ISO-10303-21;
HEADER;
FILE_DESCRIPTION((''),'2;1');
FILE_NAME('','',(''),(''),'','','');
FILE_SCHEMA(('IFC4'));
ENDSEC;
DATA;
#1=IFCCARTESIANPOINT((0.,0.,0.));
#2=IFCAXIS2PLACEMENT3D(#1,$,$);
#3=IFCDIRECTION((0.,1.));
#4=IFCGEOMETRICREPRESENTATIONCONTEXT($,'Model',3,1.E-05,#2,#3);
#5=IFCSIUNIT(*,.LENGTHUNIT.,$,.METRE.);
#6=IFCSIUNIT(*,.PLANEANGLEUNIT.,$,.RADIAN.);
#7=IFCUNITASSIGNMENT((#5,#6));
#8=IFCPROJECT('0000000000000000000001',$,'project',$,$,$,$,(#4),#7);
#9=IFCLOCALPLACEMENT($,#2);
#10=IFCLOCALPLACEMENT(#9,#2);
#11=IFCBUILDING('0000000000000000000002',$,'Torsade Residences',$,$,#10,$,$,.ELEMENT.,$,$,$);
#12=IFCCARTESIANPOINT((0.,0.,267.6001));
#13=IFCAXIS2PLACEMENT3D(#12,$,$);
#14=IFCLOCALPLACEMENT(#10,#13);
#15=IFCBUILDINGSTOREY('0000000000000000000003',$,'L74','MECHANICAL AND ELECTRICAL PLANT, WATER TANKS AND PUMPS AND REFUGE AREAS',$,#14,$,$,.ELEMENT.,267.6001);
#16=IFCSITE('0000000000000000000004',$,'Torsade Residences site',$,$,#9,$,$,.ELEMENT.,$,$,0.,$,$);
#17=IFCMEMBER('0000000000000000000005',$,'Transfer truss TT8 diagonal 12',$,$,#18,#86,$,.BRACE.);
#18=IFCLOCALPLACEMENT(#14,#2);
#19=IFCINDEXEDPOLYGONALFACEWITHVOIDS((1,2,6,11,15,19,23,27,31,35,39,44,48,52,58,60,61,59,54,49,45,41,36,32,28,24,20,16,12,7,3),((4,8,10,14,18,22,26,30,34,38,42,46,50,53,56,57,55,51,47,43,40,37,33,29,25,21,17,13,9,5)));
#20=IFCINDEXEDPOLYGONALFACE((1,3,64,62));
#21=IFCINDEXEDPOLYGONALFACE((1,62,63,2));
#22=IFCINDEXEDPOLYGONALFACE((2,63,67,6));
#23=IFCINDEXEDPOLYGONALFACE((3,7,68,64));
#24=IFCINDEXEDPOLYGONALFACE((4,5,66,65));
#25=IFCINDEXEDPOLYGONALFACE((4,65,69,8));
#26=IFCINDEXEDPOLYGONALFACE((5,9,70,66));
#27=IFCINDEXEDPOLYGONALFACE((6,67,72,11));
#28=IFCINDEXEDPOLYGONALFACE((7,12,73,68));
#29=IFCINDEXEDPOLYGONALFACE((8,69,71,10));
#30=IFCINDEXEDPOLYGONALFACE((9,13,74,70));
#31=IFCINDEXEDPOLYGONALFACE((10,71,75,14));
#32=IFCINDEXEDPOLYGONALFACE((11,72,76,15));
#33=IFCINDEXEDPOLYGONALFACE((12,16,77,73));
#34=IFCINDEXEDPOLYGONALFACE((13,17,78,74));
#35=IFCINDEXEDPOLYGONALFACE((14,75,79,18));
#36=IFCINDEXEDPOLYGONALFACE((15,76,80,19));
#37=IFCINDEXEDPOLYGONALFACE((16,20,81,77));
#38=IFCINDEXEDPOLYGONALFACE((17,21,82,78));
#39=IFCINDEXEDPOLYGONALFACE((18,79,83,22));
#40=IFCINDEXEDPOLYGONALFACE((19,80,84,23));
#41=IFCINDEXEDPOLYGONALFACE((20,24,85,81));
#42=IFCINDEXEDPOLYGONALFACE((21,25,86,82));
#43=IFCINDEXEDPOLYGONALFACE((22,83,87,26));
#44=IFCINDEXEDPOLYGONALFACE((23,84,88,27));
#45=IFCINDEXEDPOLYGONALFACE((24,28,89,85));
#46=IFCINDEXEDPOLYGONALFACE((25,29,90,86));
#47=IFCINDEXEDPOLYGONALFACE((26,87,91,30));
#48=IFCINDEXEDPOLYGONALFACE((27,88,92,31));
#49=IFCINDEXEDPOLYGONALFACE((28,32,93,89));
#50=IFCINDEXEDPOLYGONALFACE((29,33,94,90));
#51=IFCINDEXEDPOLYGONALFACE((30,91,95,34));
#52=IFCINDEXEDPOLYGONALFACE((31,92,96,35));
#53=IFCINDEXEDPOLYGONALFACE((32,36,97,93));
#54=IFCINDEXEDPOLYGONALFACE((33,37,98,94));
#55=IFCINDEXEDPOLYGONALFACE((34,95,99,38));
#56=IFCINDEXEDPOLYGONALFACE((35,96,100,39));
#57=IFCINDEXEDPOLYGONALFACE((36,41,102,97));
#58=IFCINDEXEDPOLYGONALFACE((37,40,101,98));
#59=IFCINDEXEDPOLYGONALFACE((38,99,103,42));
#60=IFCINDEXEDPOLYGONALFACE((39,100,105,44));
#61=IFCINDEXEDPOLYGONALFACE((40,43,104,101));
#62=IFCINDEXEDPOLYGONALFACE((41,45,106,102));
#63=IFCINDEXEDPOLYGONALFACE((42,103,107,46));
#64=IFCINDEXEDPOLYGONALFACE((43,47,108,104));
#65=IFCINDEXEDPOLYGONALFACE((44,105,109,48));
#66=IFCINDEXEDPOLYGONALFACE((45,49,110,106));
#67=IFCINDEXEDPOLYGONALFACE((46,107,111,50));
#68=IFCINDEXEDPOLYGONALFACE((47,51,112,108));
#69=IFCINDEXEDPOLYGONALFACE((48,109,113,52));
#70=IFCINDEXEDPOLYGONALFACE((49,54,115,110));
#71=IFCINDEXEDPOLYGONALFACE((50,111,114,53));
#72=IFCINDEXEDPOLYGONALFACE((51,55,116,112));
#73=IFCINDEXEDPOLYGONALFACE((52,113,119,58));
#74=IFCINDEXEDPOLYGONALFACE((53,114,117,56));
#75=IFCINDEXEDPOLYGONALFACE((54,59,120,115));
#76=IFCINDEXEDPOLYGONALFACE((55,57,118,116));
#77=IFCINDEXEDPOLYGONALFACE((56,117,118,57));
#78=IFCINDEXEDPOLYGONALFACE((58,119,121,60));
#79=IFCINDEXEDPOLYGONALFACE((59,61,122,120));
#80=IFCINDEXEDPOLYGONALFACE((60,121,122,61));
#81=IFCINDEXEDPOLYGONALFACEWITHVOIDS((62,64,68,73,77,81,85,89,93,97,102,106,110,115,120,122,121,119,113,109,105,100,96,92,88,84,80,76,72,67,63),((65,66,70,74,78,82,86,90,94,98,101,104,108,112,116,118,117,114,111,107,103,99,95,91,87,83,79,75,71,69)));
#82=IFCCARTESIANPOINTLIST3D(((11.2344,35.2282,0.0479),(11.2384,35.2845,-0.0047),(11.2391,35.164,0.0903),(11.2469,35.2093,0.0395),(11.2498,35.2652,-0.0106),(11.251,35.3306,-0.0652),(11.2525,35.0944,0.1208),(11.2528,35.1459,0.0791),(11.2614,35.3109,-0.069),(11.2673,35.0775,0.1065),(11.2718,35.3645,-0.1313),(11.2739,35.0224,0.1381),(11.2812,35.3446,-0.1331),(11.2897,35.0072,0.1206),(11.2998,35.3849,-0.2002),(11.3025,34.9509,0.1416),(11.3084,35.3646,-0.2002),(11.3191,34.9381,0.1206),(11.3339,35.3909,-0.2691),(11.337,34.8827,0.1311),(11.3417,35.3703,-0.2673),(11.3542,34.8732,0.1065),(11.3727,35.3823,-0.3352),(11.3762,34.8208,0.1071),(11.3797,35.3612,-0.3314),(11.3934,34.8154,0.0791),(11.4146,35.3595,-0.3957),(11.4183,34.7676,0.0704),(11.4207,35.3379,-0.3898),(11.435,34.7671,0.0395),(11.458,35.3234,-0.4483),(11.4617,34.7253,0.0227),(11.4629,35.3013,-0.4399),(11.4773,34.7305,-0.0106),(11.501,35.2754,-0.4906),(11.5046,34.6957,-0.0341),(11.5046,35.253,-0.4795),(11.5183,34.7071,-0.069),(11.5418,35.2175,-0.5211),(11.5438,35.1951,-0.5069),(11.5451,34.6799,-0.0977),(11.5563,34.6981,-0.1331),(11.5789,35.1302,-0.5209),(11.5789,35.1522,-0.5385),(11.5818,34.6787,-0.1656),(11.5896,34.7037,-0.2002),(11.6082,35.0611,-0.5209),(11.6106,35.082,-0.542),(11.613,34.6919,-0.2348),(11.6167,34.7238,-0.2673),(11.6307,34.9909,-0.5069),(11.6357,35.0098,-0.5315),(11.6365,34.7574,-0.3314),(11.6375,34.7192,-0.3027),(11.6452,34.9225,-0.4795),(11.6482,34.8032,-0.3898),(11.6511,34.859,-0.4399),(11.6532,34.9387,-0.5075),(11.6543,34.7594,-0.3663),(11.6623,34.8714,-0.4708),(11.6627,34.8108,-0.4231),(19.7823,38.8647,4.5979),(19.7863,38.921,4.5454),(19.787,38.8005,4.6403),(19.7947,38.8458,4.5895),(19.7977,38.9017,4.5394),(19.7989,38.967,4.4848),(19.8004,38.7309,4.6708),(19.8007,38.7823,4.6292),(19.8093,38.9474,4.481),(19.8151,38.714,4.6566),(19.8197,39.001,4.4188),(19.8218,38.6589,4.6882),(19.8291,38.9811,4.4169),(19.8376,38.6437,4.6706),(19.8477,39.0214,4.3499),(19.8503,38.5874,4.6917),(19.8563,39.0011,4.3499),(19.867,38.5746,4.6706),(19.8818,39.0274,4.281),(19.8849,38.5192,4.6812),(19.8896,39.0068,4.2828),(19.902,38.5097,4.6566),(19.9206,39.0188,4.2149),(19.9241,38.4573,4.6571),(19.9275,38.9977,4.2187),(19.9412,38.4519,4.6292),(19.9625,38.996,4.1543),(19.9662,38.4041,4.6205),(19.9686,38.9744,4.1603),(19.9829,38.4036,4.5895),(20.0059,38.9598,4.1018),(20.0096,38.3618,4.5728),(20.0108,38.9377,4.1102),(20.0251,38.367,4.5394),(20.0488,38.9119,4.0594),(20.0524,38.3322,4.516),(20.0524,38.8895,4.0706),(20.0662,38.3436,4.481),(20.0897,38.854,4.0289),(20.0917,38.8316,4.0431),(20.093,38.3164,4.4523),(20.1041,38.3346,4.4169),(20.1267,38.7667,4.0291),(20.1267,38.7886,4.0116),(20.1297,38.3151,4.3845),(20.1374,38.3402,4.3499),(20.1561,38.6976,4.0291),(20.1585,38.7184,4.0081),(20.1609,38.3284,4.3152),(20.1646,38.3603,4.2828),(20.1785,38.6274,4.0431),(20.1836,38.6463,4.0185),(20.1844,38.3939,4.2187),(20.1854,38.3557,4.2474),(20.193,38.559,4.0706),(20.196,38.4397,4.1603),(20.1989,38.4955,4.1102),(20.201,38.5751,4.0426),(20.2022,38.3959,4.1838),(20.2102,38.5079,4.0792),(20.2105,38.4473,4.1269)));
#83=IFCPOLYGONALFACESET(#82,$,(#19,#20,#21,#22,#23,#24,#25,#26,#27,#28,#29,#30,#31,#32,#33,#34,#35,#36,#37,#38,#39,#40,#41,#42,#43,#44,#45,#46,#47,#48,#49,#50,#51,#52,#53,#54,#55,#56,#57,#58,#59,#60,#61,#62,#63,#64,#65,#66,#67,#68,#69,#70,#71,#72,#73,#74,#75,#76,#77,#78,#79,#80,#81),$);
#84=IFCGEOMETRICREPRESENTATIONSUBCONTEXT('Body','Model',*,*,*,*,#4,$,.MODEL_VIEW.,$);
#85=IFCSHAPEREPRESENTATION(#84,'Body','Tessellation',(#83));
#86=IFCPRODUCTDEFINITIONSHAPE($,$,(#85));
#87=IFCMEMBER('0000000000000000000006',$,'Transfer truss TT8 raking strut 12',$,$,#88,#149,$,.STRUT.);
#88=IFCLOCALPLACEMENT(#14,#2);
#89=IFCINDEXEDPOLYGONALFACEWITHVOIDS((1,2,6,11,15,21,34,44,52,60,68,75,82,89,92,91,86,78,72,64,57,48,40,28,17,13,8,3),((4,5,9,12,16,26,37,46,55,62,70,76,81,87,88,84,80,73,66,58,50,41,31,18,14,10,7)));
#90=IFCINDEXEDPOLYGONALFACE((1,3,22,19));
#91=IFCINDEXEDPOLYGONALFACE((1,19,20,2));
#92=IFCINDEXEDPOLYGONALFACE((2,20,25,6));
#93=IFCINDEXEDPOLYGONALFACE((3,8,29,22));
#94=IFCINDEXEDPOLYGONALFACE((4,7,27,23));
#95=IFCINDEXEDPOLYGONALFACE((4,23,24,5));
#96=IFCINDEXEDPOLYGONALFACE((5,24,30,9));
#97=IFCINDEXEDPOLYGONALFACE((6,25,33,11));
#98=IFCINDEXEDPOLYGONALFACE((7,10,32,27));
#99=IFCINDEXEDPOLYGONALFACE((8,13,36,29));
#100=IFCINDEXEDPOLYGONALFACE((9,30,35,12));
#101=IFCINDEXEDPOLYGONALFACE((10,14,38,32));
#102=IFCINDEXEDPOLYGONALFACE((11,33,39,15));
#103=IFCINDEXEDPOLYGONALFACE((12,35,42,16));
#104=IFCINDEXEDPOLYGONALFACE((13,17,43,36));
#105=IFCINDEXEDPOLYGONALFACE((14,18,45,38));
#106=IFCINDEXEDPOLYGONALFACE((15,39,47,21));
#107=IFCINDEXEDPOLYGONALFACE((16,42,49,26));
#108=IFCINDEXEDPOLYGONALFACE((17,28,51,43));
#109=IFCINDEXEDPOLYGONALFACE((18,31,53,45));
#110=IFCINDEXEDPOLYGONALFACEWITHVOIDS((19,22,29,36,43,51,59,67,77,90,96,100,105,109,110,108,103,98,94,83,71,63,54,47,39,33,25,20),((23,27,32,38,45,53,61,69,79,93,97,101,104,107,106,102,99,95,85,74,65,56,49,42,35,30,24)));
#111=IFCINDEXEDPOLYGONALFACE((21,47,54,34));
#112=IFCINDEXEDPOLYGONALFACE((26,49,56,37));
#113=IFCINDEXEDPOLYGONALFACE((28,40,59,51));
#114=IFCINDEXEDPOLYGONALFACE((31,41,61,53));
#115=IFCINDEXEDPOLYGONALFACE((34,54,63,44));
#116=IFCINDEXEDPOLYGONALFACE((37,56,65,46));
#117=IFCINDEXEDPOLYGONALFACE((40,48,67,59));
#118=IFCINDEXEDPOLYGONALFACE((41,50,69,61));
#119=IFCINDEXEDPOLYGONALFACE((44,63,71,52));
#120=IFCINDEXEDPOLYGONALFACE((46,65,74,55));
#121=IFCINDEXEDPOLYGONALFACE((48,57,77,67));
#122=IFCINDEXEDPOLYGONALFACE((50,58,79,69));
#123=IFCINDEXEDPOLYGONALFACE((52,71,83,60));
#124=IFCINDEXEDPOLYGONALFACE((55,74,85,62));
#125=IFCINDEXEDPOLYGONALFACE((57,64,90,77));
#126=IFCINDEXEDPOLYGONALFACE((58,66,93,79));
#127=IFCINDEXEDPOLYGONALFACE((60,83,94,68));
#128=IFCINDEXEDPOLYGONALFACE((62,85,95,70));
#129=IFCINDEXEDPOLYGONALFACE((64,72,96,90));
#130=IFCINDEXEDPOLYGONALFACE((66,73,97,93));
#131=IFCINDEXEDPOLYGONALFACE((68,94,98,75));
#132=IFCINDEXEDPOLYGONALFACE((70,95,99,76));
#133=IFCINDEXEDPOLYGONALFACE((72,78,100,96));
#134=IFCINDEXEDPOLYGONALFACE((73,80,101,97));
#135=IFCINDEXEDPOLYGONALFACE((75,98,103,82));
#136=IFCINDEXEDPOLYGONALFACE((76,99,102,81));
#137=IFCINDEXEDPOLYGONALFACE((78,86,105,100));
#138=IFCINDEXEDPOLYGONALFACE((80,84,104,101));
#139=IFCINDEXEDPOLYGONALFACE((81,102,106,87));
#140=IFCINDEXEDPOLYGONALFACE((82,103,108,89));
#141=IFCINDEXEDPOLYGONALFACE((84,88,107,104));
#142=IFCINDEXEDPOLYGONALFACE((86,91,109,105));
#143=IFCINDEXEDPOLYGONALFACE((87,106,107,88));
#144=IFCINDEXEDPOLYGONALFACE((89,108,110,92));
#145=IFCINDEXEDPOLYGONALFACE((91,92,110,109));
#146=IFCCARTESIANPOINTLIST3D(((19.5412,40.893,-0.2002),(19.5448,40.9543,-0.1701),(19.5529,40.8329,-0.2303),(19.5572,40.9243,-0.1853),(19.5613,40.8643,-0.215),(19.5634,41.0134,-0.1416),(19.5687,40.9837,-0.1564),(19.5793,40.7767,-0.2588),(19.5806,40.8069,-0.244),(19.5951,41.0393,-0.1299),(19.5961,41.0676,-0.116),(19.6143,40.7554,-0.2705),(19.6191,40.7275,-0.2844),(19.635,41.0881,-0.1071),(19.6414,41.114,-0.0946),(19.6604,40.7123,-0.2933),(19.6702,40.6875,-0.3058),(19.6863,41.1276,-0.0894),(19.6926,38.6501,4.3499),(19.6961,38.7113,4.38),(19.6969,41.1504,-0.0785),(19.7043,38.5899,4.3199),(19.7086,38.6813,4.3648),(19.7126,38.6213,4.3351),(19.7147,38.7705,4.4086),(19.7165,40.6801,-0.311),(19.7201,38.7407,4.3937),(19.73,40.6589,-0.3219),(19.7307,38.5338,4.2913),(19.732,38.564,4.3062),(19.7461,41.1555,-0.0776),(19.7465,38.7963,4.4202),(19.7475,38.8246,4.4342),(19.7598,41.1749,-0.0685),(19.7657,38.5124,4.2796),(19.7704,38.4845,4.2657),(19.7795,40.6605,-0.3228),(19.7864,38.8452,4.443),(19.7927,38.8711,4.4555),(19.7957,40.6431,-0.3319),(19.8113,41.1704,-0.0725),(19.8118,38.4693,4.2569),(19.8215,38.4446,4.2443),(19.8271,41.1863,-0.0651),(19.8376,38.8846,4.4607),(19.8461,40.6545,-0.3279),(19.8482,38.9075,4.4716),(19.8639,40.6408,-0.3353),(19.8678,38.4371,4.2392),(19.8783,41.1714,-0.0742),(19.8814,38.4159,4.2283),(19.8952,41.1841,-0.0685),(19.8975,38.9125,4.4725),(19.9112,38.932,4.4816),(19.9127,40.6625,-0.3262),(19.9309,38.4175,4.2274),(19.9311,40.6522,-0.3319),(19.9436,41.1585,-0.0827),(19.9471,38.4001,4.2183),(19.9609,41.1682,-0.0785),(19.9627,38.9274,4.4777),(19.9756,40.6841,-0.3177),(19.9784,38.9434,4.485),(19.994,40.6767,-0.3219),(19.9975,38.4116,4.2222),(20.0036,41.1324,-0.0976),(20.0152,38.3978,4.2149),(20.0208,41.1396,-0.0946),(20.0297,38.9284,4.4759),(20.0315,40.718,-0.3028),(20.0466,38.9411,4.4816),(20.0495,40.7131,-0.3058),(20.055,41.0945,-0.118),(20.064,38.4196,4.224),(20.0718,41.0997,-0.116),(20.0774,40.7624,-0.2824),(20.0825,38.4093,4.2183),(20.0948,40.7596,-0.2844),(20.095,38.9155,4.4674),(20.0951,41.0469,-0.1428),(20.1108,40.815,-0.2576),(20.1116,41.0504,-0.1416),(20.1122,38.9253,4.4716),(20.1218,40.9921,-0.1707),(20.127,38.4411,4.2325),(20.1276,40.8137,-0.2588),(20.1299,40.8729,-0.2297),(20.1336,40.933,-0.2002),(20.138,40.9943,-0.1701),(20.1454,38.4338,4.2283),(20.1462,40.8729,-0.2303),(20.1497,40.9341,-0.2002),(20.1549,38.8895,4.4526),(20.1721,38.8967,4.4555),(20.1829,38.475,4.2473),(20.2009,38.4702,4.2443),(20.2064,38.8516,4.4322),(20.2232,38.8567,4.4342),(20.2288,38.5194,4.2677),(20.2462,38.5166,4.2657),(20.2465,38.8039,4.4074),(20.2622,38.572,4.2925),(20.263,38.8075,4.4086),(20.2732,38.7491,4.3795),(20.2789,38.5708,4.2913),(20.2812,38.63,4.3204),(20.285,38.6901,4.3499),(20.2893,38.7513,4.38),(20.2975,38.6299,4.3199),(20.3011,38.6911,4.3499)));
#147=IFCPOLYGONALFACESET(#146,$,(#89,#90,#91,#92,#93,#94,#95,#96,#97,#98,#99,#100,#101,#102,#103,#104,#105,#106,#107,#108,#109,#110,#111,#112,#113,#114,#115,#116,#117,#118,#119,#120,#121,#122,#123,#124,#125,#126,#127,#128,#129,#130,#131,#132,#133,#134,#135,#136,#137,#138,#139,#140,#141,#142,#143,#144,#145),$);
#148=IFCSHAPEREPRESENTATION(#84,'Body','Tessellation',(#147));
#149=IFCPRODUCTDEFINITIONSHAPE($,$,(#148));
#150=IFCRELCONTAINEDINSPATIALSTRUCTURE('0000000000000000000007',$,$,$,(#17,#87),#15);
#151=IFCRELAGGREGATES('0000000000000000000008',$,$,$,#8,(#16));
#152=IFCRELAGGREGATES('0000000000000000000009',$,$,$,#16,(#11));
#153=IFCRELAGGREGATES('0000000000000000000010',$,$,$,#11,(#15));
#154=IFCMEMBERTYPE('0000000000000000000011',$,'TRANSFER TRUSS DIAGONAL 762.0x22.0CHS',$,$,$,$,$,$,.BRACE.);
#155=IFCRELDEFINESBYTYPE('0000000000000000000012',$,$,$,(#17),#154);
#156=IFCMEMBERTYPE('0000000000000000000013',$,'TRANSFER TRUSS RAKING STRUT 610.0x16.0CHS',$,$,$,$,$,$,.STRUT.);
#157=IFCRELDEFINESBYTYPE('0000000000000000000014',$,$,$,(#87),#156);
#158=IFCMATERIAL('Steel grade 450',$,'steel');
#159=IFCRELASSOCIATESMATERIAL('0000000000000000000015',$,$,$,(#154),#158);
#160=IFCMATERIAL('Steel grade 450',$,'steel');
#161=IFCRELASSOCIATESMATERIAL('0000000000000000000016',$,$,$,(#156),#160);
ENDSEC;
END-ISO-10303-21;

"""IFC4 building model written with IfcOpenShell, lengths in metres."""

from ifc_helpers import new_model, si_unit, direction, frame, origin, origin_2d, place, context, subcontext, project, spatial, hollow_circle, extrude, material, material_profile, profile_set, type_object, element, save


model = new_model("IFC4")

# Units and contexts
model_context = context("Model", 3, precision=1e-05, world=origin(), true_north=direction((0.0, 1.0)))
body_context = subcontext(model_context, "Body", "Model", "MODEL_VIEW")
ifc_project = project(units=[si_unit("LENGTHUNIT", "METRE"), si_unit("PLANEANGLEUNIT", "RADIAN")], contexts=[model_context])

# Site, building, storey
site_placement = place(None, origin())
site = spatial("IfcSite", under=ifc_project, at=site_placement, Name="Torsade Residences site", CompositionType="ELEMENT", RefElevation=0.0)
building_placement = place(site_placement, origin())
building = spatial("IfcBuilding", under=site, at=building_placement, Name="Torsade Residences", CompositionType="ELEMENT")
storey_placement = place(building_placement, frame((0.0, 0.0, 267.6001)))
storey = spatial("IfcBuildingStorey", under=building, at=storey_placement, Name="L74", Description="MECHANICAL AND ELECTRICAL PLANT, WATER TANKS AND PUMPS AND REFUGE AREAS", CompositionType="ELEMENT", Elevation=267.6001)

# Members
ifc_material_1 = material(Name="Steel grade 450", Category="steel")
ifc_material_profile_1 = material_profile(ifc_material_1, hollow_circle(Radius=0.3811, WallThickness=0.022, at=origin_2d()), Name="762.0x22.0CHS")
ifc_profile_set_1 = profile_set([ifc_material_profile_1], Name="Steel grade 450")
member_type_1 = type_object("IfcMemberType", Name="TRANSFER TRUSS DIAGONAL 762.0x22.0CHS", PredefinedType="BRACE", material=ifc_profile_set_1)
member_1_placement = place(storey_placement, frame((11.449, 35.0342, -0.2002), z_axis=(0.82638, 0.351563, 0.439885), x_axis=(-0.391472, 0.92019, 0.0)))
element("IfcMember", 1, at=member_1_placement, inside=storey, type_object=member_type_1, Name="Transfer truss TT8 diagonal 12", PredefinedType="BRACE", context=body_context, shape_type="SweptSolid", body=[
    extrude(hollow_circle(Radius=0.3811, WallThickness=0.022, at=origin_2d()), origin(), (0.0, 0.0, 1.0), 10.3438),
])
ifc_material_2 = material(Name="Steel grade 450", Category="steel")
ifc_material_profile_2 = material_profile(ifc_material_2, hollow_circle(Radius=0.3049, WallThickness=0.0161, at=origin_2d()), Name="610.0x16.0CHS")
ifc_profile_set_2 = profile_set([ifc_material_profile_2], Name="Steel grade 450")
member_type_2 = type_object("IfcMemberType", Name="TRANSFER TRUSS RAKING STRUT 610.0x16.0CHS", PredefinedType="STRUT", material=ifc_profile_set_2)
member_2_placement = place(storey_placement, frame((19.8455, 40.9136, -0.2002), z_axis=(0.029826, -0.441947, 0.896545), x_axis=(0.997731, 0.067334, 0.0)))
element("IfcMember", 2, at=member_2_placement, inside=storey, type_object=member_type_2, Name="Transfer truss TT8 raking strut 12", PredefinedType="STRUT", context=body_context, shape_type="SweptSolid", body=[
    extrude(hollow_circle(Radius=0.3049, WallThickness=0.0161, at=origin_2d()), origin(), (0.0, 0.0, 1.0), 5.0752),
])

save(model, "model.ifc")
